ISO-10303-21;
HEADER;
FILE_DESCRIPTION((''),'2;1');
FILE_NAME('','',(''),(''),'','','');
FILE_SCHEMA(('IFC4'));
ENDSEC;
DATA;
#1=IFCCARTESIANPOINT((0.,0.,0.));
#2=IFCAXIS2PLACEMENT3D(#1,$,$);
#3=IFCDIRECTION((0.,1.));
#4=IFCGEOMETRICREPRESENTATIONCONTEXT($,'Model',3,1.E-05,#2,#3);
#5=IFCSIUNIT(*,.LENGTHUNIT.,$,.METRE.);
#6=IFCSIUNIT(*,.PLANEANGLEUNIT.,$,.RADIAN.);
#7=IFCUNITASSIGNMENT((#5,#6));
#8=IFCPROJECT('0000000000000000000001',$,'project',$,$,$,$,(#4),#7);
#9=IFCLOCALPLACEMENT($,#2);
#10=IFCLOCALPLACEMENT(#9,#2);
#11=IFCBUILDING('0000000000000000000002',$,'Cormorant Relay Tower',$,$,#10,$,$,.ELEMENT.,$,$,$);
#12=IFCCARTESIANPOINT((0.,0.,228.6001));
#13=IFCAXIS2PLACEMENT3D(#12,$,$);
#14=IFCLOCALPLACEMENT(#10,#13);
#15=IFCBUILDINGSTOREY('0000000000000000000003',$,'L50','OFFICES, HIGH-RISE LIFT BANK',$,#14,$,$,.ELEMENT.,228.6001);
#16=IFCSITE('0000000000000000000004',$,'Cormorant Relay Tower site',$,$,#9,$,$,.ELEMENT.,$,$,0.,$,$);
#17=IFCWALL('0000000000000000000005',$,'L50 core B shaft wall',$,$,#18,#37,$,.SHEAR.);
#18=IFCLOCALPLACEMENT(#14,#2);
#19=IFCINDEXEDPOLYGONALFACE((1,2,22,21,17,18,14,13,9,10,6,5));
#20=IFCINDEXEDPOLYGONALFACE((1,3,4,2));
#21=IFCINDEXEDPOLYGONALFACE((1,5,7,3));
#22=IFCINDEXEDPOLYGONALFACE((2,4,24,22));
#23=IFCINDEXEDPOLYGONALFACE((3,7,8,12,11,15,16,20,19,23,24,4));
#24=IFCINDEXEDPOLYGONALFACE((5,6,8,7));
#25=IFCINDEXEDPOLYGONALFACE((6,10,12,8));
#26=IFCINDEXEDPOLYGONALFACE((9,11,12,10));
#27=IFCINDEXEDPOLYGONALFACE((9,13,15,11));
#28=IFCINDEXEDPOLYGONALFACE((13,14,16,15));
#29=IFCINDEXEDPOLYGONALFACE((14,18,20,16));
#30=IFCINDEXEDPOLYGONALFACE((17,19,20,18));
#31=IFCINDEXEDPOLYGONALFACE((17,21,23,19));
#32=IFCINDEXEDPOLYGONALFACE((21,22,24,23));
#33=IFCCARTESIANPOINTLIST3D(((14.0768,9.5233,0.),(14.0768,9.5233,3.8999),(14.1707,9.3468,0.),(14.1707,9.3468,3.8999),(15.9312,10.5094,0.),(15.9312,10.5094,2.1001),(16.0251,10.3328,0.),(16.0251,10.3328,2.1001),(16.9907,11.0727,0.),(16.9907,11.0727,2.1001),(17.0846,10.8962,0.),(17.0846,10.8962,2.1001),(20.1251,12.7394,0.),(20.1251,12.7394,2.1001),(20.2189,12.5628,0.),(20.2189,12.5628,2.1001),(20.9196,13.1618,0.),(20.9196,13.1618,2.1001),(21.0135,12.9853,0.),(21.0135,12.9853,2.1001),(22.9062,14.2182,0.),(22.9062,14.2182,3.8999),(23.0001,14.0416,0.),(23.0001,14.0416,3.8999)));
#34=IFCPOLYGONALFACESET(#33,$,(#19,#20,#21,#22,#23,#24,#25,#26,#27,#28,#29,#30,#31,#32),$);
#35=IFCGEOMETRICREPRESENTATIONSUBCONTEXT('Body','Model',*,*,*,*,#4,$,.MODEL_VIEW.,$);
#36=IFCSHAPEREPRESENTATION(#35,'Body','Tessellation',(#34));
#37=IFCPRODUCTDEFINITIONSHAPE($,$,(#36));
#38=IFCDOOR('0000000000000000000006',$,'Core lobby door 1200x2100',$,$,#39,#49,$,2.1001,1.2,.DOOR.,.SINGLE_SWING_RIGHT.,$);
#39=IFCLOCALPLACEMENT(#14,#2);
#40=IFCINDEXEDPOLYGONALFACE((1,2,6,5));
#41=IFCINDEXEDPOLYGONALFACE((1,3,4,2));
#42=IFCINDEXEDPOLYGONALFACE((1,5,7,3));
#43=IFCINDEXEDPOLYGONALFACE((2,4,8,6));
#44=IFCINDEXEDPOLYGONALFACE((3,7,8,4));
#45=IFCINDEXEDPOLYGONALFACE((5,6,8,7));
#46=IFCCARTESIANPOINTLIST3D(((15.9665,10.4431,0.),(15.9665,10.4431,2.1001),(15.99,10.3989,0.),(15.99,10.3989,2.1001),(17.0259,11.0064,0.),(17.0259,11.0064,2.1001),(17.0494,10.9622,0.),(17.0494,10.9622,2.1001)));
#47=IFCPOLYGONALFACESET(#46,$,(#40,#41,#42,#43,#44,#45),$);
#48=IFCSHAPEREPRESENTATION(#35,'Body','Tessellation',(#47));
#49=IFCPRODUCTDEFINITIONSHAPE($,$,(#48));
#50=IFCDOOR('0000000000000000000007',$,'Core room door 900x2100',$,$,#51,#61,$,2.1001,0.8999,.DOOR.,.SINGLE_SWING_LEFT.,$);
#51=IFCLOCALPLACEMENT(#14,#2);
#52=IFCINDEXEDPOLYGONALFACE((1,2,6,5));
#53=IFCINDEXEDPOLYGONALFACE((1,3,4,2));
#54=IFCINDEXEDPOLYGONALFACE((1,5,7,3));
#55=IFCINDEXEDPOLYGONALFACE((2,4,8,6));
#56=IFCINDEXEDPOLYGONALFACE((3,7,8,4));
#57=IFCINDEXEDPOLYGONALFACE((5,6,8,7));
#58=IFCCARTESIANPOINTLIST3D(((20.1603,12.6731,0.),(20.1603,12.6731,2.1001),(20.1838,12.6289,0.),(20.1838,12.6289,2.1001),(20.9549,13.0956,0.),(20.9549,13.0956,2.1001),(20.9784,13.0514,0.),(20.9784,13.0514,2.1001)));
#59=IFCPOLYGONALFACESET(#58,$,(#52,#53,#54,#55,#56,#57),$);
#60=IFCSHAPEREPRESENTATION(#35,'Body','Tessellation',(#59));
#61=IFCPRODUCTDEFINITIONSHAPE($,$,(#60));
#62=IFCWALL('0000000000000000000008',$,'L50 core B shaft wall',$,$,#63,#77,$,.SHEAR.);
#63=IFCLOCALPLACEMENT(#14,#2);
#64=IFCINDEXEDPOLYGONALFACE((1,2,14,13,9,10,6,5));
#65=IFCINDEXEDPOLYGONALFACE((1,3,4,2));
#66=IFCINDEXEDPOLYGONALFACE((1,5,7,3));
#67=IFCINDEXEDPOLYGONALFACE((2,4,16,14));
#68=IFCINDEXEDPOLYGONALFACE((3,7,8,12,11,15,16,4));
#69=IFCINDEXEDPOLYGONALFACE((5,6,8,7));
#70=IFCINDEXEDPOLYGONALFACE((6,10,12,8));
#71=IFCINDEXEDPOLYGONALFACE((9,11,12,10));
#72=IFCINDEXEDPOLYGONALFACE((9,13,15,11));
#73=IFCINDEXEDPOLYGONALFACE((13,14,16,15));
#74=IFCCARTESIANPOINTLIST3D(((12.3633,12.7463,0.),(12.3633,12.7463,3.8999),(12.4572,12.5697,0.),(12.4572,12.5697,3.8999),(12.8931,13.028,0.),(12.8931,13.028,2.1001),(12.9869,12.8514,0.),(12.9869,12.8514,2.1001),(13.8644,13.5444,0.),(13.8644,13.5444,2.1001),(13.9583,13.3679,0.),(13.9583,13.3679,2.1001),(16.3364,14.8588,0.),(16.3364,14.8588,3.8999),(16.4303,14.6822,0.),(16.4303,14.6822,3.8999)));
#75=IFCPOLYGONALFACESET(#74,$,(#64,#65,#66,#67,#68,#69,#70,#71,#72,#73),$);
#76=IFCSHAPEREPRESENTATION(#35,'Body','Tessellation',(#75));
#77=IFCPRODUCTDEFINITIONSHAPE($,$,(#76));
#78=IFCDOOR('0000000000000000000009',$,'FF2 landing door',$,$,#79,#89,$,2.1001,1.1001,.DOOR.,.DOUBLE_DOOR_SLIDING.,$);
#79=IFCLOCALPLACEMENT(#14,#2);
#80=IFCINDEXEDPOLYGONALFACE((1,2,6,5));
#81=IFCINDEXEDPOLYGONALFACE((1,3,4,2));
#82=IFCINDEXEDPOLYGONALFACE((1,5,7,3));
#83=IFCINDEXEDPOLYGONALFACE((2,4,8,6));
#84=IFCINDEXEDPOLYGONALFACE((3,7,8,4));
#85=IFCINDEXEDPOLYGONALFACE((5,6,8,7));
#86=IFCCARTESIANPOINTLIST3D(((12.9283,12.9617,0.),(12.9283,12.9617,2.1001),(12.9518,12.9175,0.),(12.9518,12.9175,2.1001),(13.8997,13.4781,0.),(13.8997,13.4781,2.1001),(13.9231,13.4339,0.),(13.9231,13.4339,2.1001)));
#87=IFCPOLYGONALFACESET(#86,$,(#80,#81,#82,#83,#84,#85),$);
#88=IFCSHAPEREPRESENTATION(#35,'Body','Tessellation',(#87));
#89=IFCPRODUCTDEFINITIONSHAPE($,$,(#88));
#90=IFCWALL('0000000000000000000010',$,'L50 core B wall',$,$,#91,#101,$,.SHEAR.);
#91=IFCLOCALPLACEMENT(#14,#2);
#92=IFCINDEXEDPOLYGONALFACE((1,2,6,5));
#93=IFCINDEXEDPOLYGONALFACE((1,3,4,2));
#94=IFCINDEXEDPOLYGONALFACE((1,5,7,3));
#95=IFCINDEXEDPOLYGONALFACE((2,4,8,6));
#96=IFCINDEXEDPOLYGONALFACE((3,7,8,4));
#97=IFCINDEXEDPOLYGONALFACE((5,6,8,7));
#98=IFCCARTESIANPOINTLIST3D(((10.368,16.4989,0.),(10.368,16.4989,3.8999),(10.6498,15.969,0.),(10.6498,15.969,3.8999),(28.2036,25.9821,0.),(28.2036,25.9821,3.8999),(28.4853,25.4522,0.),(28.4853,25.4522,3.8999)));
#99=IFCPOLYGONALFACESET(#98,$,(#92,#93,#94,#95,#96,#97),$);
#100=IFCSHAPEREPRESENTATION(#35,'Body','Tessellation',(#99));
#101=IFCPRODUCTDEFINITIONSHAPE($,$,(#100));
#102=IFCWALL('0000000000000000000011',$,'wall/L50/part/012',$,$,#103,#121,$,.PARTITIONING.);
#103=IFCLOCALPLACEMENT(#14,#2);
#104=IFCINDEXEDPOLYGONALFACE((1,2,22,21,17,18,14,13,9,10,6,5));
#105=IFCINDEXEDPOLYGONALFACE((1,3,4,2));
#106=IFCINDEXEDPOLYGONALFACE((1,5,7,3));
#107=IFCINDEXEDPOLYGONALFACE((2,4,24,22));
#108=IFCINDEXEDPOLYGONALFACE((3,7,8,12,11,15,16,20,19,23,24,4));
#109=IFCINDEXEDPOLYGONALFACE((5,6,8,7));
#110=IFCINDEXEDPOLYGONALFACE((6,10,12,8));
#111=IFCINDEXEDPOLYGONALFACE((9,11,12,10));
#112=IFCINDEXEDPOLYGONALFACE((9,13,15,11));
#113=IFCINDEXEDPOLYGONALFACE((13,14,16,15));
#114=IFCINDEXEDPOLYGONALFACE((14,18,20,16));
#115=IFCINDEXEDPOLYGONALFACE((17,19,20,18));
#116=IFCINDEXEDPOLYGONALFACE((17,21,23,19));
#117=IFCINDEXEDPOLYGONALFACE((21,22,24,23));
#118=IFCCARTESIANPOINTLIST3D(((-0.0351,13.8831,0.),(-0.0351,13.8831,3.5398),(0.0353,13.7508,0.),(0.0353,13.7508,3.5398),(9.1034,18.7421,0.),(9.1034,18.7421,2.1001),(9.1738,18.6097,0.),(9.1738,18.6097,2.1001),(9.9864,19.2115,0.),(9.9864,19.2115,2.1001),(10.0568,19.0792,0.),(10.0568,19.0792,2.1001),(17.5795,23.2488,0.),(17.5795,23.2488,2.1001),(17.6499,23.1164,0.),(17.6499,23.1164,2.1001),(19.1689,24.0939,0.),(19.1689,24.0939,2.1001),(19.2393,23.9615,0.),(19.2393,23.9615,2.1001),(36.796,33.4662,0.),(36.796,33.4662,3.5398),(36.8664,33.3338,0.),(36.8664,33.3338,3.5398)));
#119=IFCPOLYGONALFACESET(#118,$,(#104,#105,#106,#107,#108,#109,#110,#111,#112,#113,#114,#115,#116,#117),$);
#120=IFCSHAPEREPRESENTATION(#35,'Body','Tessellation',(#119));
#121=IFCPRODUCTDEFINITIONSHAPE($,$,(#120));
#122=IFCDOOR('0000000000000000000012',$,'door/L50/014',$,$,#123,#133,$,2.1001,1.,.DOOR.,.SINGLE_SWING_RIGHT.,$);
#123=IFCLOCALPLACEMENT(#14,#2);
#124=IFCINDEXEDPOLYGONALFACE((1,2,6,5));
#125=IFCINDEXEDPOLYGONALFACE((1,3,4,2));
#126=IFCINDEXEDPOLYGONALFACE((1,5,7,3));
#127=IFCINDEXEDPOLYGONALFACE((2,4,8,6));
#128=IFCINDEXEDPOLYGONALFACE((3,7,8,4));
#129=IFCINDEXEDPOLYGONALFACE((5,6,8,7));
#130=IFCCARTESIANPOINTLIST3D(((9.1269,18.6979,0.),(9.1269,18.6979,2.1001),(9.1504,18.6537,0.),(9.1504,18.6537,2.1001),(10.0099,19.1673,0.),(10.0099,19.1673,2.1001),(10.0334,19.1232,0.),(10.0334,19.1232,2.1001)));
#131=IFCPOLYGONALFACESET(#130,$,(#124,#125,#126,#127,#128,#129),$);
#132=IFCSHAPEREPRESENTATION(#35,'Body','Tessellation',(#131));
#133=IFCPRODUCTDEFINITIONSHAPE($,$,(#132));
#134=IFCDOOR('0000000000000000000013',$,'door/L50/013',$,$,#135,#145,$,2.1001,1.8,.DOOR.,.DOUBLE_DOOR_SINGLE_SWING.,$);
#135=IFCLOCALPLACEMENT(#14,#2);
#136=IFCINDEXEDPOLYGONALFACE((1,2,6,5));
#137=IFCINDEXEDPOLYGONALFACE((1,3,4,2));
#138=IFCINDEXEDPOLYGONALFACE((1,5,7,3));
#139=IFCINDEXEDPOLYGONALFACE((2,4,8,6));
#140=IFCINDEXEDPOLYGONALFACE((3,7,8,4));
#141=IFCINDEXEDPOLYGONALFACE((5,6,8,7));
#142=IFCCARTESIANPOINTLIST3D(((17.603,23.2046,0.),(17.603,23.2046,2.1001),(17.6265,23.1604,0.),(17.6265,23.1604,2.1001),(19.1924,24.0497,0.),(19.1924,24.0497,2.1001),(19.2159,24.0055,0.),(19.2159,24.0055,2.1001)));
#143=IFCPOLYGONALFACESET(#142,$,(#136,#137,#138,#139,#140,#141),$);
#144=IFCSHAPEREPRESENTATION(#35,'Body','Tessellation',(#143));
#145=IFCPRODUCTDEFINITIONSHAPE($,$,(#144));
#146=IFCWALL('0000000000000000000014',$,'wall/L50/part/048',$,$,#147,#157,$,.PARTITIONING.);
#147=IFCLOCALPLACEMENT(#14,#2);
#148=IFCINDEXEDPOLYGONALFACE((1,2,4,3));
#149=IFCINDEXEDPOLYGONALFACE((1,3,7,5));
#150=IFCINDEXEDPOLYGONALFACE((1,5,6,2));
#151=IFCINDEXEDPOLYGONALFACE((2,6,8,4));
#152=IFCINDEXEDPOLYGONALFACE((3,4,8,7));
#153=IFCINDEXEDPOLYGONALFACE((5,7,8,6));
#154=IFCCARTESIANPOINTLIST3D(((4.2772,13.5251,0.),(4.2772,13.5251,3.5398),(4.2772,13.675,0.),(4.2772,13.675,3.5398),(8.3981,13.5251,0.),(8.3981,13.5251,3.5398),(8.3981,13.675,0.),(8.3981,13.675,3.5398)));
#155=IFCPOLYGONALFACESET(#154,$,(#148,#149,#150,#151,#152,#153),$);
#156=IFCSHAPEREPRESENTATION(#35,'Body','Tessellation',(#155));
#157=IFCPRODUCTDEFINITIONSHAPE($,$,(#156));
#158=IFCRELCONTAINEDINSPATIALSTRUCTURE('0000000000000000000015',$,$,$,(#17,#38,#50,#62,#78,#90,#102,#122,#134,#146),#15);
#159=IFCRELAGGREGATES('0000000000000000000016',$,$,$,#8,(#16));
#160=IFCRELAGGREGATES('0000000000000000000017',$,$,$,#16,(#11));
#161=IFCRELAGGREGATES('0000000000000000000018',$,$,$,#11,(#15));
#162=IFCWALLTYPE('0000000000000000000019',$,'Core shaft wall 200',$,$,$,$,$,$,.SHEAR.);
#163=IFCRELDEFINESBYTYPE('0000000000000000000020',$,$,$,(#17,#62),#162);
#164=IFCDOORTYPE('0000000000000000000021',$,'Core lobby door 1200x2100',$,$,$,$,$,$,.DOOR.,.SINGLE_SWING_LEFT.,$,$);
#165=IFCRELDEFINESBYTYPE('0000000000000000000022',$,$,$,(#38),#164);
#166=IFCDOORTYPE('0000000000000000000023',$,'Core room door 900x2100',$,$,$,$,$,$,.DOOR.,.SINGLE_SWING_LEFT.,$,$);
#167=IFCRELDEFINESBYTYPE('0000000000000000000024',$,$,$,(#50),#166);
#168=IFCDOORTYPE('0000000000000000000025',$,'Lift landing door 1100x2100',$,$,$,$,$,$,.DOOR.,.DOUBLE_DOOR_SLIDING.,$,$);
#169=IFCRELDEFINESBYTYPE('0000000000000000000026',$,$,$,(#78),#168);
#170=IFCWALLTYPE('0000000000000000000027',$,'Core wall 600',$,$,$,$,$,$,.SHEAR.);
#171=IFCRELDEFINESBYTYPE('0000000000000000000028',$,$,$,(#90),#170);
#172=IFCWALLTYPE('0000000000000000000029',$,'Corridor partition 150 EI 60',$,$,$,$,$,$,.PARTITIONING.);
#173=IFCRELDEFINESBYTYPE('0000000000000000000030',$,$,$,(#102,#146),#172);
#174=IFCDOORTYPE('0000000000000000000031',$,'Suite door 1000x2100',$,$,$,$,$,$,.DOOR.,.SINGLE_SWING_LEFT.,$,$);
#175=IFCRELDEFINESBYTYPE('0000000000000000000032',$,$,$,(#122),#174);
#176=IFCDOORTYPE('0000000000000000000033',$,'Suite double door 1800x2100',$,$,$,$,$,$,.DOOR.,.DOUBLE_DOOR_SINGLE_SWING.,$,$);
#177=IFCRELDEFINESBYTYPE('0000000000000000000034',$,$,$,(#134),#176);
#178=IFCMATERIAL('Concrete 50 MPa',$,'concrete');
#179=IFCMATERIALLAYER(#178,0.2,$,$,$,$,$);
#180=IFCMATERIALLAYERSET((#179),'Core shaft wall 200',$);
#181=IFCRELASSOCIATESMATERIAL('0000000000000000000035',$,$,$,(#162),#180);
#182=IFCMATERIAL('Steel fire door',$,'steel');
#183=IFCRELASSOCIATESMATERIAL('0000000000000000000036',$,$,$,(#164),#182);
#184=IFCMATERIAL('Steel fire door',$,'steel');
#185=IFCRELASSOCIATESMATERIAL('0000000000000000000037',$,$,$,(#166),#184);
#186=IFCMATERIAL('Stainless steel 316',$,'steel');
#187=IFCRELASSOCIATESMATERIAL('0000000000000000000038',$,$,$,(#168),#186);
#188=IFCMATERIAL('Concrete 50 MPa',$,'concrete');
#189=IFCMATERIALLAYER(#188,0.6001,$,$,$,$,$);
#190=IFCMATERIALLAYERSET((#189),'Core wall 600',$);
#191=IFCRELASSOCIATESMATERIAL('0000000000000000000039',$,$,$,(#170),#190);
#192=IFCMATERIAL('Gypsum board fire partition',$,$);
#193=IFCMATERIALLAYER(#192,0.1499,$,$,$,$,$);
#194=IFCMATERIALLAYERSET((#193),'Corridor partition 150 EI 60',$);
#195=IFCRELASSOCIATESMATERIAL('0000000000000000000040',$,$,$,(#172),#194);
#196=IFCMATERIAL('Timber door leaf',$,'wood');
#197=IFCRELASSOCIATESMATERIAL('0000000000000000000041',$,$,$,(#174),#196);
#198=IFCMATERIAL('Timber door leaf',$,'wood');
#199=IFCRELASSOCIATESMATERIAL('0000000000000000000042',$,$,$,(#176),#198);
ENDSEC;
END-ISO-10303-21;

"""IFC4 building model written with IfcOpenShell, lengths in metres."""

from ifc_helpers import new_model, si_unit, direction, frame, frame_2d, origin, place, context, subcontext, project, spatial, rectangle, extrude, material, layer, layer_set, type_object, element, fill, save


model = new_model("IFC4")

# Units and contexts
model_context = context("Model", 3, precision=1e-05, world=origin(), true_north=direction((0.0, 1.0)))
body_context = subcontext(model_context, "Body", "Model", "MODEL_VIEW")
ifc_project = project(units=[si_unit("LENGTHUNIT", "METRE"), si_unit("PLANEANGLEUNIT", "RADIAN")], contexts=[model_context])

# Site, building, storey
site_placement = place(None, origin())
site = spatial("IfcSite", under=ifc_project, at=site_placement, Name="Cormorant Relay Tower site", CompositionType="ELEMENT", RefElevation=0.0)
building_placement = place(site_placement, origin())
building = spatial("IfcBuilding", under=site, at=building_placement, Name="Cormorant Relay Tower", CompositionType="ELEMENT")
storey_placement = place(building_placement, frame((0.0, 0.0, 228.6001)))
storey = spatial("IfcBuildingStorey", under=building, at=storey_placement, Name="L50", Description="OFFICES, HIGH-RISE LIFT BANK", CompositionType="ELEMENT", Elevation=228.6001)

# Shared definitions
ifc_material_1 = material(Name="Concrete 50 MPa", Category="concrete")
ifc_layer_1 = layer(ifc_material_1, 0.2)
ifc_layer_set_1 = layer_set([ifc_layer_1], Name="Core shaft wall 200")
wall_type_1 = type_object("IfcWallType", Name="Core shaft wall 200", PredefinedType="SHEAR", material=ifc_layer_set_1)

# Wall, openings, doors
wall_1_placement = place(storey_placement, frame((14.1238, 9.4351, 0.0), z_axis=(0.0, 0.0, 1.0), x_axis=(0.88294, 0.469485, 0.0)))
wall_1 = element("IfcWall", 1, at=wall_1_placement, inside=storey, type_object=wall_type_1, Name="L50 core B shaft wall", PredefinedType="SHEAR", context=body_context, shape_type="SweptSolid", body=[
    extrude(rectangle(XDim=10.0, YDim=0.2, at=frame_2d((5.0, 0.0))), origin(), (0.0, 0.0, 1.0), 3.8999),
])
opening_1_placement = place(wall_1_placement, frame((2.1001, 0.0, 0.0)))
opening_1 = element("IfcOpeningElement", 2, at=opening_1_placement, cuts=wall_1, PredefinedType="OPENING", context=body_context, shape_type="SweptSolid", body=[
    extrude(rectangle(XDim=1.2, YDim=2.1001, at=frame_2d((0.6001, 1.05))), frame((0.0, 0.1099, 0.0), z_axis=(0.0, -1.0, 0.0), x_axis=(1.0, 0.0, 0.0)), (0.0, 0.0, 1.0), 0.22),
])
opening_2_placement = place(wall_1_placement, frame((6.8501, 0.0, 0.0)))
opening_2 = element("IfcOpeningElement", 3, at=opening_2_placement, cuts=wall_1, PredefinedType="OPENING", context=body_context, shape_type="SweptSolid", body=[
    extrude(rectangle(XDim=0.8999, YDim=2.1001, at=frame_2d((0.45, 1.05))), frame((0.0, 0.1099, 0.0), z_axis=(0.0, -1.0, 0.0), x_axis=(1.0, 0.0, 0.0)), (0.0, 0.0, 1.0), 0.22),
])
ifc_material_2 = material(Name="Steel fire door", Category="steel")
door_type_1 = type_object("IfcDoorType", Name="Core lobby door 1200x2100", OperationType="SINGLE_SWING_LEFT", PredefinedType="DOOR", material=ifc_material_2)
door_1_placement = place(opening_1_placement, origin())
door_1 = element("IfcDoor", 4, at=door_1_placement, inside=storey, type_object=door_type_1, Name="Core lobby door 1200x2100", OperationType="SINGLE_SWING_RIGHT", OverallHeight=2.1001, OverallWidth=1.2, PredefinedType="DOOR", context=body_context, shape_type="SweptSolid", body=[
    extrude(rectangle(XDim=1.2, YDim=2.1001, at=frame_2d((0.6001, 1.05))), frame((0.0, 0.0249, 0.0), z_axis=(0.0, -1.0, 0.0), x_axis=(1.0, 0.0, 0.0)), (0.0, 0.0, 1.0), 0.05),
])
fill(opening_1, door_1)
ifc_material_3 = material(Name="Steel fire door", Category="steel")
door_type_2 = type_object("IfcDoorType", Name="Core room door 900x2100", OperationType="SINGLE_SWING_LEFT", PredefinedType="DOOR", material=ifc_material_3)
door_2_placement = place(opening_2_placement, origin())
door_2 = element("IfcDoor", 5, at=door_2_placement, inside=storey, type_object=door_type_2, Name="Core room door 900x2100", OperationType="SINGLE_SWING_LEFT", OverallHeight=2.1001, OverallWidth=0.8999, PredefinedType="DOOR", context=body_context, shape_type="SweptSolid", body=[
    extrude(rectangle(XDim=0.8999, YDim=2.1001, at=frame_2d((0.45, 1.05))), frame((0.0, 0.0249, 0.0), z_axis=(0.0, -1.0, 0.0), x_axis=(1.0, 0.0, 0.0)), (0.0, 0.0, 1.0), 0.05),
])
fill(opening_2, door_2)

# Wall, opening, door
wall_2_placement = place(storey_placement, frame((12.4102, 12.658, 0.0), z_axis=(0.0, 0.0, 1.0), x_axis=(0.882948, 0.46947, 0.0)))
wall_2 = element("IfcWall", 6, at=wall_2_placement, inside=storey, type_object=wall_type_1, Name="L50 core B shaft wall", PredefinedType="SHEAR", context=body_context, shape_type="SweptSolid", body=[
    extrude(rectangle(XDim=4.4998, YDim=0.2, at=frame_2d((2.25, 0.0))), origin(), (0.0, 0.0, 1.0), 3.8999),
])
opening_3_placement = place(wall_2_placement, frame((0.6001, 0.0, 0.0)))
opening_3 = element("IfcOpeningElement", 7, at=opening_3_placement, cuts=wall_2, PredefinedType="OPENING", context=body_context, shape_type="SweptSolid", body=[
    extrude(rectangle(XDim=1.1001, YDim=2.1001, at=frame_2d((0.55, 1.05))), frame((0.0, 0.1099, 0.0), z_axis=(0.0, -1.0, 0.0), x_axis=(1.0, 0.0, 0.0)), (0.0, 0.0, 1.0), 0.22),
])
ifc_material_4 = material(Name="Stainless steel 316", Category="steel")
door_type_3 = type_object("IfcDoorType", Name="Lift landing door 1100x2100", OperationType="DOUBLE_DOOR_SLIDING", PredefinedType="DOOR", material=ifc_material_4)
door_3_placement = place(opening_3_placement, origin())
door_3 = element("IfcDoor", 8, at=door_3_placement, inside=storey, type_object=door_type_3, Name="FF2 landing door", OperationType="DOUBLE_DOOR_SLIDING", OverallHeight=2.1001, OverallWidth=1.1001, PredefinedType="DOOR", context=body_context, shape_type="SweptSolid", body=[
    extrude(rectangle(XDim=1.1001, YDim=2.1001, at=frame_2d((0.55, 1.05))), frame((0.0, 0.0249, 0.0), z_axis=(0.0, -1.0, 0.0), x_axis=(1.0, 0.0, 0.0)), (0.0, 0.0, 1.0), 0.05),
])
fill(opening_3, door_3)

# Wall
ifc_material_5 = material(Name="Concrete 50 MPa", Category="concrete")
ifc_layer_2 = layer(ifc_material_5, 0.6001)
ifc_layer_set_2 = layer_set([ifc_layer_2], Name="Core wall 600")
wall_type_2 = type_object("IfcWallType", Name="Core wall 600", PredefinedType="SHEAR", material=ifc_layer_set_2)
wall_3_placement = place(storey_placement, frame((10.5088, 16.2339, 0.0), z_axis=(0.0, 0.0, 1.0), x_axis=(0.88295, 0.469467, 0.0)))
element("IfcWall", 9, at=wall_3_placement, inside=storey, type_object=wall_type_2, Name="L50 core B wall", PredefinedType="SHEAR", context=body_context, shape_type="SweptSolid", body=[
    extrude(rectangle(XDim=20.2, YDim=0.6001, at=frame_2d((10.1001, 0.0))), origin(), (0.0, 0.0, 1.0), 3.8999),
])

# Wall, openings, doors
ifc_material_6 = material(Name="Gypsum board fire partition")
ifc_layer_3 = layer(ifc_material_6, 0.1499)
ifc_layer_set_3 = layer_set([ifc_layer_3], Name="Corridor partition 150 EI 60")
wall_type_3 = type_object("IfcWallType", Name="Corridor partition 150 EI 60", PredefinedType="PARTITIONING", material=ifc_layer_set_3)
wall_4_placement = place(storey_placement, frame((0.0, 13.8169, 0.0), z_axis=(0.0, 0.0, 1.0), x_axis=(0.882952, 0.469464, 0.0)))
wall_4 = element("IfcWall", 10, at=wall_4_placement, inside=storey, type_object=wall_type_3, Name="wall/L50/part/012", PredefinedType="PARTITIONING", context=body_context, shape_type="SweptSolid", body=[
    extrude(rectangle(XDim=41.7136, YDim=0.1499, at=frame_2d((20.8569, 0.0))), origin(), (0.0, 0.0, 1.0), 3.5398),
])
opening_4_placement = place(wall_4_placement, frame((19.95, 0.0, 0.0)))
opening_4 = element("IfcOpeningElement", 11, at=opening_4_placement, cuts=wall_4, PredefinedType="OPENING", context=body_context, shape_type="SweptSolid", body=[
    extrude(rectangle(XDim=1.8, YDim=2.1001, at=frame_2d((0.8999, 1.05))), frame((0.0, 0.085, 0.0), z_axis=(0.0, -1.0, 0.0), x_axis=(1.0, 0.0, 0.0)), (0.0, 0.0, 1.0), 0.1699),
])
opening_5_placement = place(wall_4_placement, frame((10.3501, 0.0, 0.0)))
opening_5 = element("IfcOpeningElement", 12, at=opening_5_placement, cuts=wall_4, PredefinedType="OPENING", context=body_context, shape_type="SweptSolid", body=[
    extrude(rectangle(XDim=1.0, YDim=2.1001, at=frame_2d((0.5, 1.05))), frame((0.0, 0.085, 0.0), z_axis=(0.0, -1.0, 0.0), x_axis=(1.0, 0.0, 0.0)), (0.0, 0.0, 1.0), 0.1699),
])
ifc_material_7 = material(Name="Timber door leaf", Category="wood")
door_type_4 = type_object("IfcDoorType", Name="Suite door 1000x2100", OperationType="SINGLE_SWING_LEFT", PredefinedType="DOOR", material=ifc_material_7)
door_4_placement = place(opening_5_placement, origin())
door_4 = element("IfcDoor", 13, at=door_4_placement, inside=storey, type_object=door_type_4, Name="door/L50/014", OperationType="SINGLE_SWING_RIGHT", OverallHeight=2.1001, OverallWidth=1.0, PredefinedType="DOOR", context=body_context, shape_type="SweptSolid", body=[
    extrude(rectangle(XDim=1.0, YDim=2.1001, at=frame_2d((0.5, 1.05))), frame((0.0, 0.0249, 0.0), z_axis=(0.0, -1.0, 0.0), x_axis=(1.0, 0.0, 0.0)), (0.0, 0.0, 1.0), 0.05),
])
fill(opening_5, door_4)
ifc_material_8 = material(Name="Timber door leaf", Category="wood")
door_type_5 = type_object("IfcDoorType", Name="Suite double door 1800x2100", OperationType="DOUBLE_DOOR_SINGLE_SWING", PredefinedType="DOOR", material=ifc_material_8)
door_5_placement = place(opening_4_placement, origin())
door_5 = element("IfcDoor", 14, at=door_5_placement, inside=storey, type_object=door_type_5, Name="door/L50/013", OperationType="DOUBLE_DOOR_SINGLE_SWING", OverallHeight=2.1001, OverallWidth=1.8, PredefinedType="DOOR", context=body_context, shape_type="SweptSolid", body=[
    extrude(rectangle(XDim=1.8, YDim=2.1001, at=frame_2d((0.8999, 1.05))), frame((0.0, 0.0249, 0.0), z_axis=(0.0, -1.0, 0.0), x_axis=(1.0, 0.0, 0.0)), (0.0, 0.0, 1.0), 0.05),
])
fill(opening_4, door_5)

# Wall
wall_5_placement = place(storey_placement, frame((4.2771, 13.6001, 0.0), z_axis=(0.0, 0.0, 1.0), x_axis=(1.0, 0.0, 0.0)))
element("IfcWall", 15, at=wall_5_placement, inside=storey, type_object=wall_type_3, Name="wall/L50/part/048", PredefinedType="PARTITIONING", context=body_context, shape_type="SweptSolid", body=[
    extrude(rectangle(XDim=4.1208, YDim=0.1499, at=frame_2d((2.0605, 0.0))), origin(), (0.0, 0.0, 1.0), 3.5398),
])

save(model, "model.ifc")
